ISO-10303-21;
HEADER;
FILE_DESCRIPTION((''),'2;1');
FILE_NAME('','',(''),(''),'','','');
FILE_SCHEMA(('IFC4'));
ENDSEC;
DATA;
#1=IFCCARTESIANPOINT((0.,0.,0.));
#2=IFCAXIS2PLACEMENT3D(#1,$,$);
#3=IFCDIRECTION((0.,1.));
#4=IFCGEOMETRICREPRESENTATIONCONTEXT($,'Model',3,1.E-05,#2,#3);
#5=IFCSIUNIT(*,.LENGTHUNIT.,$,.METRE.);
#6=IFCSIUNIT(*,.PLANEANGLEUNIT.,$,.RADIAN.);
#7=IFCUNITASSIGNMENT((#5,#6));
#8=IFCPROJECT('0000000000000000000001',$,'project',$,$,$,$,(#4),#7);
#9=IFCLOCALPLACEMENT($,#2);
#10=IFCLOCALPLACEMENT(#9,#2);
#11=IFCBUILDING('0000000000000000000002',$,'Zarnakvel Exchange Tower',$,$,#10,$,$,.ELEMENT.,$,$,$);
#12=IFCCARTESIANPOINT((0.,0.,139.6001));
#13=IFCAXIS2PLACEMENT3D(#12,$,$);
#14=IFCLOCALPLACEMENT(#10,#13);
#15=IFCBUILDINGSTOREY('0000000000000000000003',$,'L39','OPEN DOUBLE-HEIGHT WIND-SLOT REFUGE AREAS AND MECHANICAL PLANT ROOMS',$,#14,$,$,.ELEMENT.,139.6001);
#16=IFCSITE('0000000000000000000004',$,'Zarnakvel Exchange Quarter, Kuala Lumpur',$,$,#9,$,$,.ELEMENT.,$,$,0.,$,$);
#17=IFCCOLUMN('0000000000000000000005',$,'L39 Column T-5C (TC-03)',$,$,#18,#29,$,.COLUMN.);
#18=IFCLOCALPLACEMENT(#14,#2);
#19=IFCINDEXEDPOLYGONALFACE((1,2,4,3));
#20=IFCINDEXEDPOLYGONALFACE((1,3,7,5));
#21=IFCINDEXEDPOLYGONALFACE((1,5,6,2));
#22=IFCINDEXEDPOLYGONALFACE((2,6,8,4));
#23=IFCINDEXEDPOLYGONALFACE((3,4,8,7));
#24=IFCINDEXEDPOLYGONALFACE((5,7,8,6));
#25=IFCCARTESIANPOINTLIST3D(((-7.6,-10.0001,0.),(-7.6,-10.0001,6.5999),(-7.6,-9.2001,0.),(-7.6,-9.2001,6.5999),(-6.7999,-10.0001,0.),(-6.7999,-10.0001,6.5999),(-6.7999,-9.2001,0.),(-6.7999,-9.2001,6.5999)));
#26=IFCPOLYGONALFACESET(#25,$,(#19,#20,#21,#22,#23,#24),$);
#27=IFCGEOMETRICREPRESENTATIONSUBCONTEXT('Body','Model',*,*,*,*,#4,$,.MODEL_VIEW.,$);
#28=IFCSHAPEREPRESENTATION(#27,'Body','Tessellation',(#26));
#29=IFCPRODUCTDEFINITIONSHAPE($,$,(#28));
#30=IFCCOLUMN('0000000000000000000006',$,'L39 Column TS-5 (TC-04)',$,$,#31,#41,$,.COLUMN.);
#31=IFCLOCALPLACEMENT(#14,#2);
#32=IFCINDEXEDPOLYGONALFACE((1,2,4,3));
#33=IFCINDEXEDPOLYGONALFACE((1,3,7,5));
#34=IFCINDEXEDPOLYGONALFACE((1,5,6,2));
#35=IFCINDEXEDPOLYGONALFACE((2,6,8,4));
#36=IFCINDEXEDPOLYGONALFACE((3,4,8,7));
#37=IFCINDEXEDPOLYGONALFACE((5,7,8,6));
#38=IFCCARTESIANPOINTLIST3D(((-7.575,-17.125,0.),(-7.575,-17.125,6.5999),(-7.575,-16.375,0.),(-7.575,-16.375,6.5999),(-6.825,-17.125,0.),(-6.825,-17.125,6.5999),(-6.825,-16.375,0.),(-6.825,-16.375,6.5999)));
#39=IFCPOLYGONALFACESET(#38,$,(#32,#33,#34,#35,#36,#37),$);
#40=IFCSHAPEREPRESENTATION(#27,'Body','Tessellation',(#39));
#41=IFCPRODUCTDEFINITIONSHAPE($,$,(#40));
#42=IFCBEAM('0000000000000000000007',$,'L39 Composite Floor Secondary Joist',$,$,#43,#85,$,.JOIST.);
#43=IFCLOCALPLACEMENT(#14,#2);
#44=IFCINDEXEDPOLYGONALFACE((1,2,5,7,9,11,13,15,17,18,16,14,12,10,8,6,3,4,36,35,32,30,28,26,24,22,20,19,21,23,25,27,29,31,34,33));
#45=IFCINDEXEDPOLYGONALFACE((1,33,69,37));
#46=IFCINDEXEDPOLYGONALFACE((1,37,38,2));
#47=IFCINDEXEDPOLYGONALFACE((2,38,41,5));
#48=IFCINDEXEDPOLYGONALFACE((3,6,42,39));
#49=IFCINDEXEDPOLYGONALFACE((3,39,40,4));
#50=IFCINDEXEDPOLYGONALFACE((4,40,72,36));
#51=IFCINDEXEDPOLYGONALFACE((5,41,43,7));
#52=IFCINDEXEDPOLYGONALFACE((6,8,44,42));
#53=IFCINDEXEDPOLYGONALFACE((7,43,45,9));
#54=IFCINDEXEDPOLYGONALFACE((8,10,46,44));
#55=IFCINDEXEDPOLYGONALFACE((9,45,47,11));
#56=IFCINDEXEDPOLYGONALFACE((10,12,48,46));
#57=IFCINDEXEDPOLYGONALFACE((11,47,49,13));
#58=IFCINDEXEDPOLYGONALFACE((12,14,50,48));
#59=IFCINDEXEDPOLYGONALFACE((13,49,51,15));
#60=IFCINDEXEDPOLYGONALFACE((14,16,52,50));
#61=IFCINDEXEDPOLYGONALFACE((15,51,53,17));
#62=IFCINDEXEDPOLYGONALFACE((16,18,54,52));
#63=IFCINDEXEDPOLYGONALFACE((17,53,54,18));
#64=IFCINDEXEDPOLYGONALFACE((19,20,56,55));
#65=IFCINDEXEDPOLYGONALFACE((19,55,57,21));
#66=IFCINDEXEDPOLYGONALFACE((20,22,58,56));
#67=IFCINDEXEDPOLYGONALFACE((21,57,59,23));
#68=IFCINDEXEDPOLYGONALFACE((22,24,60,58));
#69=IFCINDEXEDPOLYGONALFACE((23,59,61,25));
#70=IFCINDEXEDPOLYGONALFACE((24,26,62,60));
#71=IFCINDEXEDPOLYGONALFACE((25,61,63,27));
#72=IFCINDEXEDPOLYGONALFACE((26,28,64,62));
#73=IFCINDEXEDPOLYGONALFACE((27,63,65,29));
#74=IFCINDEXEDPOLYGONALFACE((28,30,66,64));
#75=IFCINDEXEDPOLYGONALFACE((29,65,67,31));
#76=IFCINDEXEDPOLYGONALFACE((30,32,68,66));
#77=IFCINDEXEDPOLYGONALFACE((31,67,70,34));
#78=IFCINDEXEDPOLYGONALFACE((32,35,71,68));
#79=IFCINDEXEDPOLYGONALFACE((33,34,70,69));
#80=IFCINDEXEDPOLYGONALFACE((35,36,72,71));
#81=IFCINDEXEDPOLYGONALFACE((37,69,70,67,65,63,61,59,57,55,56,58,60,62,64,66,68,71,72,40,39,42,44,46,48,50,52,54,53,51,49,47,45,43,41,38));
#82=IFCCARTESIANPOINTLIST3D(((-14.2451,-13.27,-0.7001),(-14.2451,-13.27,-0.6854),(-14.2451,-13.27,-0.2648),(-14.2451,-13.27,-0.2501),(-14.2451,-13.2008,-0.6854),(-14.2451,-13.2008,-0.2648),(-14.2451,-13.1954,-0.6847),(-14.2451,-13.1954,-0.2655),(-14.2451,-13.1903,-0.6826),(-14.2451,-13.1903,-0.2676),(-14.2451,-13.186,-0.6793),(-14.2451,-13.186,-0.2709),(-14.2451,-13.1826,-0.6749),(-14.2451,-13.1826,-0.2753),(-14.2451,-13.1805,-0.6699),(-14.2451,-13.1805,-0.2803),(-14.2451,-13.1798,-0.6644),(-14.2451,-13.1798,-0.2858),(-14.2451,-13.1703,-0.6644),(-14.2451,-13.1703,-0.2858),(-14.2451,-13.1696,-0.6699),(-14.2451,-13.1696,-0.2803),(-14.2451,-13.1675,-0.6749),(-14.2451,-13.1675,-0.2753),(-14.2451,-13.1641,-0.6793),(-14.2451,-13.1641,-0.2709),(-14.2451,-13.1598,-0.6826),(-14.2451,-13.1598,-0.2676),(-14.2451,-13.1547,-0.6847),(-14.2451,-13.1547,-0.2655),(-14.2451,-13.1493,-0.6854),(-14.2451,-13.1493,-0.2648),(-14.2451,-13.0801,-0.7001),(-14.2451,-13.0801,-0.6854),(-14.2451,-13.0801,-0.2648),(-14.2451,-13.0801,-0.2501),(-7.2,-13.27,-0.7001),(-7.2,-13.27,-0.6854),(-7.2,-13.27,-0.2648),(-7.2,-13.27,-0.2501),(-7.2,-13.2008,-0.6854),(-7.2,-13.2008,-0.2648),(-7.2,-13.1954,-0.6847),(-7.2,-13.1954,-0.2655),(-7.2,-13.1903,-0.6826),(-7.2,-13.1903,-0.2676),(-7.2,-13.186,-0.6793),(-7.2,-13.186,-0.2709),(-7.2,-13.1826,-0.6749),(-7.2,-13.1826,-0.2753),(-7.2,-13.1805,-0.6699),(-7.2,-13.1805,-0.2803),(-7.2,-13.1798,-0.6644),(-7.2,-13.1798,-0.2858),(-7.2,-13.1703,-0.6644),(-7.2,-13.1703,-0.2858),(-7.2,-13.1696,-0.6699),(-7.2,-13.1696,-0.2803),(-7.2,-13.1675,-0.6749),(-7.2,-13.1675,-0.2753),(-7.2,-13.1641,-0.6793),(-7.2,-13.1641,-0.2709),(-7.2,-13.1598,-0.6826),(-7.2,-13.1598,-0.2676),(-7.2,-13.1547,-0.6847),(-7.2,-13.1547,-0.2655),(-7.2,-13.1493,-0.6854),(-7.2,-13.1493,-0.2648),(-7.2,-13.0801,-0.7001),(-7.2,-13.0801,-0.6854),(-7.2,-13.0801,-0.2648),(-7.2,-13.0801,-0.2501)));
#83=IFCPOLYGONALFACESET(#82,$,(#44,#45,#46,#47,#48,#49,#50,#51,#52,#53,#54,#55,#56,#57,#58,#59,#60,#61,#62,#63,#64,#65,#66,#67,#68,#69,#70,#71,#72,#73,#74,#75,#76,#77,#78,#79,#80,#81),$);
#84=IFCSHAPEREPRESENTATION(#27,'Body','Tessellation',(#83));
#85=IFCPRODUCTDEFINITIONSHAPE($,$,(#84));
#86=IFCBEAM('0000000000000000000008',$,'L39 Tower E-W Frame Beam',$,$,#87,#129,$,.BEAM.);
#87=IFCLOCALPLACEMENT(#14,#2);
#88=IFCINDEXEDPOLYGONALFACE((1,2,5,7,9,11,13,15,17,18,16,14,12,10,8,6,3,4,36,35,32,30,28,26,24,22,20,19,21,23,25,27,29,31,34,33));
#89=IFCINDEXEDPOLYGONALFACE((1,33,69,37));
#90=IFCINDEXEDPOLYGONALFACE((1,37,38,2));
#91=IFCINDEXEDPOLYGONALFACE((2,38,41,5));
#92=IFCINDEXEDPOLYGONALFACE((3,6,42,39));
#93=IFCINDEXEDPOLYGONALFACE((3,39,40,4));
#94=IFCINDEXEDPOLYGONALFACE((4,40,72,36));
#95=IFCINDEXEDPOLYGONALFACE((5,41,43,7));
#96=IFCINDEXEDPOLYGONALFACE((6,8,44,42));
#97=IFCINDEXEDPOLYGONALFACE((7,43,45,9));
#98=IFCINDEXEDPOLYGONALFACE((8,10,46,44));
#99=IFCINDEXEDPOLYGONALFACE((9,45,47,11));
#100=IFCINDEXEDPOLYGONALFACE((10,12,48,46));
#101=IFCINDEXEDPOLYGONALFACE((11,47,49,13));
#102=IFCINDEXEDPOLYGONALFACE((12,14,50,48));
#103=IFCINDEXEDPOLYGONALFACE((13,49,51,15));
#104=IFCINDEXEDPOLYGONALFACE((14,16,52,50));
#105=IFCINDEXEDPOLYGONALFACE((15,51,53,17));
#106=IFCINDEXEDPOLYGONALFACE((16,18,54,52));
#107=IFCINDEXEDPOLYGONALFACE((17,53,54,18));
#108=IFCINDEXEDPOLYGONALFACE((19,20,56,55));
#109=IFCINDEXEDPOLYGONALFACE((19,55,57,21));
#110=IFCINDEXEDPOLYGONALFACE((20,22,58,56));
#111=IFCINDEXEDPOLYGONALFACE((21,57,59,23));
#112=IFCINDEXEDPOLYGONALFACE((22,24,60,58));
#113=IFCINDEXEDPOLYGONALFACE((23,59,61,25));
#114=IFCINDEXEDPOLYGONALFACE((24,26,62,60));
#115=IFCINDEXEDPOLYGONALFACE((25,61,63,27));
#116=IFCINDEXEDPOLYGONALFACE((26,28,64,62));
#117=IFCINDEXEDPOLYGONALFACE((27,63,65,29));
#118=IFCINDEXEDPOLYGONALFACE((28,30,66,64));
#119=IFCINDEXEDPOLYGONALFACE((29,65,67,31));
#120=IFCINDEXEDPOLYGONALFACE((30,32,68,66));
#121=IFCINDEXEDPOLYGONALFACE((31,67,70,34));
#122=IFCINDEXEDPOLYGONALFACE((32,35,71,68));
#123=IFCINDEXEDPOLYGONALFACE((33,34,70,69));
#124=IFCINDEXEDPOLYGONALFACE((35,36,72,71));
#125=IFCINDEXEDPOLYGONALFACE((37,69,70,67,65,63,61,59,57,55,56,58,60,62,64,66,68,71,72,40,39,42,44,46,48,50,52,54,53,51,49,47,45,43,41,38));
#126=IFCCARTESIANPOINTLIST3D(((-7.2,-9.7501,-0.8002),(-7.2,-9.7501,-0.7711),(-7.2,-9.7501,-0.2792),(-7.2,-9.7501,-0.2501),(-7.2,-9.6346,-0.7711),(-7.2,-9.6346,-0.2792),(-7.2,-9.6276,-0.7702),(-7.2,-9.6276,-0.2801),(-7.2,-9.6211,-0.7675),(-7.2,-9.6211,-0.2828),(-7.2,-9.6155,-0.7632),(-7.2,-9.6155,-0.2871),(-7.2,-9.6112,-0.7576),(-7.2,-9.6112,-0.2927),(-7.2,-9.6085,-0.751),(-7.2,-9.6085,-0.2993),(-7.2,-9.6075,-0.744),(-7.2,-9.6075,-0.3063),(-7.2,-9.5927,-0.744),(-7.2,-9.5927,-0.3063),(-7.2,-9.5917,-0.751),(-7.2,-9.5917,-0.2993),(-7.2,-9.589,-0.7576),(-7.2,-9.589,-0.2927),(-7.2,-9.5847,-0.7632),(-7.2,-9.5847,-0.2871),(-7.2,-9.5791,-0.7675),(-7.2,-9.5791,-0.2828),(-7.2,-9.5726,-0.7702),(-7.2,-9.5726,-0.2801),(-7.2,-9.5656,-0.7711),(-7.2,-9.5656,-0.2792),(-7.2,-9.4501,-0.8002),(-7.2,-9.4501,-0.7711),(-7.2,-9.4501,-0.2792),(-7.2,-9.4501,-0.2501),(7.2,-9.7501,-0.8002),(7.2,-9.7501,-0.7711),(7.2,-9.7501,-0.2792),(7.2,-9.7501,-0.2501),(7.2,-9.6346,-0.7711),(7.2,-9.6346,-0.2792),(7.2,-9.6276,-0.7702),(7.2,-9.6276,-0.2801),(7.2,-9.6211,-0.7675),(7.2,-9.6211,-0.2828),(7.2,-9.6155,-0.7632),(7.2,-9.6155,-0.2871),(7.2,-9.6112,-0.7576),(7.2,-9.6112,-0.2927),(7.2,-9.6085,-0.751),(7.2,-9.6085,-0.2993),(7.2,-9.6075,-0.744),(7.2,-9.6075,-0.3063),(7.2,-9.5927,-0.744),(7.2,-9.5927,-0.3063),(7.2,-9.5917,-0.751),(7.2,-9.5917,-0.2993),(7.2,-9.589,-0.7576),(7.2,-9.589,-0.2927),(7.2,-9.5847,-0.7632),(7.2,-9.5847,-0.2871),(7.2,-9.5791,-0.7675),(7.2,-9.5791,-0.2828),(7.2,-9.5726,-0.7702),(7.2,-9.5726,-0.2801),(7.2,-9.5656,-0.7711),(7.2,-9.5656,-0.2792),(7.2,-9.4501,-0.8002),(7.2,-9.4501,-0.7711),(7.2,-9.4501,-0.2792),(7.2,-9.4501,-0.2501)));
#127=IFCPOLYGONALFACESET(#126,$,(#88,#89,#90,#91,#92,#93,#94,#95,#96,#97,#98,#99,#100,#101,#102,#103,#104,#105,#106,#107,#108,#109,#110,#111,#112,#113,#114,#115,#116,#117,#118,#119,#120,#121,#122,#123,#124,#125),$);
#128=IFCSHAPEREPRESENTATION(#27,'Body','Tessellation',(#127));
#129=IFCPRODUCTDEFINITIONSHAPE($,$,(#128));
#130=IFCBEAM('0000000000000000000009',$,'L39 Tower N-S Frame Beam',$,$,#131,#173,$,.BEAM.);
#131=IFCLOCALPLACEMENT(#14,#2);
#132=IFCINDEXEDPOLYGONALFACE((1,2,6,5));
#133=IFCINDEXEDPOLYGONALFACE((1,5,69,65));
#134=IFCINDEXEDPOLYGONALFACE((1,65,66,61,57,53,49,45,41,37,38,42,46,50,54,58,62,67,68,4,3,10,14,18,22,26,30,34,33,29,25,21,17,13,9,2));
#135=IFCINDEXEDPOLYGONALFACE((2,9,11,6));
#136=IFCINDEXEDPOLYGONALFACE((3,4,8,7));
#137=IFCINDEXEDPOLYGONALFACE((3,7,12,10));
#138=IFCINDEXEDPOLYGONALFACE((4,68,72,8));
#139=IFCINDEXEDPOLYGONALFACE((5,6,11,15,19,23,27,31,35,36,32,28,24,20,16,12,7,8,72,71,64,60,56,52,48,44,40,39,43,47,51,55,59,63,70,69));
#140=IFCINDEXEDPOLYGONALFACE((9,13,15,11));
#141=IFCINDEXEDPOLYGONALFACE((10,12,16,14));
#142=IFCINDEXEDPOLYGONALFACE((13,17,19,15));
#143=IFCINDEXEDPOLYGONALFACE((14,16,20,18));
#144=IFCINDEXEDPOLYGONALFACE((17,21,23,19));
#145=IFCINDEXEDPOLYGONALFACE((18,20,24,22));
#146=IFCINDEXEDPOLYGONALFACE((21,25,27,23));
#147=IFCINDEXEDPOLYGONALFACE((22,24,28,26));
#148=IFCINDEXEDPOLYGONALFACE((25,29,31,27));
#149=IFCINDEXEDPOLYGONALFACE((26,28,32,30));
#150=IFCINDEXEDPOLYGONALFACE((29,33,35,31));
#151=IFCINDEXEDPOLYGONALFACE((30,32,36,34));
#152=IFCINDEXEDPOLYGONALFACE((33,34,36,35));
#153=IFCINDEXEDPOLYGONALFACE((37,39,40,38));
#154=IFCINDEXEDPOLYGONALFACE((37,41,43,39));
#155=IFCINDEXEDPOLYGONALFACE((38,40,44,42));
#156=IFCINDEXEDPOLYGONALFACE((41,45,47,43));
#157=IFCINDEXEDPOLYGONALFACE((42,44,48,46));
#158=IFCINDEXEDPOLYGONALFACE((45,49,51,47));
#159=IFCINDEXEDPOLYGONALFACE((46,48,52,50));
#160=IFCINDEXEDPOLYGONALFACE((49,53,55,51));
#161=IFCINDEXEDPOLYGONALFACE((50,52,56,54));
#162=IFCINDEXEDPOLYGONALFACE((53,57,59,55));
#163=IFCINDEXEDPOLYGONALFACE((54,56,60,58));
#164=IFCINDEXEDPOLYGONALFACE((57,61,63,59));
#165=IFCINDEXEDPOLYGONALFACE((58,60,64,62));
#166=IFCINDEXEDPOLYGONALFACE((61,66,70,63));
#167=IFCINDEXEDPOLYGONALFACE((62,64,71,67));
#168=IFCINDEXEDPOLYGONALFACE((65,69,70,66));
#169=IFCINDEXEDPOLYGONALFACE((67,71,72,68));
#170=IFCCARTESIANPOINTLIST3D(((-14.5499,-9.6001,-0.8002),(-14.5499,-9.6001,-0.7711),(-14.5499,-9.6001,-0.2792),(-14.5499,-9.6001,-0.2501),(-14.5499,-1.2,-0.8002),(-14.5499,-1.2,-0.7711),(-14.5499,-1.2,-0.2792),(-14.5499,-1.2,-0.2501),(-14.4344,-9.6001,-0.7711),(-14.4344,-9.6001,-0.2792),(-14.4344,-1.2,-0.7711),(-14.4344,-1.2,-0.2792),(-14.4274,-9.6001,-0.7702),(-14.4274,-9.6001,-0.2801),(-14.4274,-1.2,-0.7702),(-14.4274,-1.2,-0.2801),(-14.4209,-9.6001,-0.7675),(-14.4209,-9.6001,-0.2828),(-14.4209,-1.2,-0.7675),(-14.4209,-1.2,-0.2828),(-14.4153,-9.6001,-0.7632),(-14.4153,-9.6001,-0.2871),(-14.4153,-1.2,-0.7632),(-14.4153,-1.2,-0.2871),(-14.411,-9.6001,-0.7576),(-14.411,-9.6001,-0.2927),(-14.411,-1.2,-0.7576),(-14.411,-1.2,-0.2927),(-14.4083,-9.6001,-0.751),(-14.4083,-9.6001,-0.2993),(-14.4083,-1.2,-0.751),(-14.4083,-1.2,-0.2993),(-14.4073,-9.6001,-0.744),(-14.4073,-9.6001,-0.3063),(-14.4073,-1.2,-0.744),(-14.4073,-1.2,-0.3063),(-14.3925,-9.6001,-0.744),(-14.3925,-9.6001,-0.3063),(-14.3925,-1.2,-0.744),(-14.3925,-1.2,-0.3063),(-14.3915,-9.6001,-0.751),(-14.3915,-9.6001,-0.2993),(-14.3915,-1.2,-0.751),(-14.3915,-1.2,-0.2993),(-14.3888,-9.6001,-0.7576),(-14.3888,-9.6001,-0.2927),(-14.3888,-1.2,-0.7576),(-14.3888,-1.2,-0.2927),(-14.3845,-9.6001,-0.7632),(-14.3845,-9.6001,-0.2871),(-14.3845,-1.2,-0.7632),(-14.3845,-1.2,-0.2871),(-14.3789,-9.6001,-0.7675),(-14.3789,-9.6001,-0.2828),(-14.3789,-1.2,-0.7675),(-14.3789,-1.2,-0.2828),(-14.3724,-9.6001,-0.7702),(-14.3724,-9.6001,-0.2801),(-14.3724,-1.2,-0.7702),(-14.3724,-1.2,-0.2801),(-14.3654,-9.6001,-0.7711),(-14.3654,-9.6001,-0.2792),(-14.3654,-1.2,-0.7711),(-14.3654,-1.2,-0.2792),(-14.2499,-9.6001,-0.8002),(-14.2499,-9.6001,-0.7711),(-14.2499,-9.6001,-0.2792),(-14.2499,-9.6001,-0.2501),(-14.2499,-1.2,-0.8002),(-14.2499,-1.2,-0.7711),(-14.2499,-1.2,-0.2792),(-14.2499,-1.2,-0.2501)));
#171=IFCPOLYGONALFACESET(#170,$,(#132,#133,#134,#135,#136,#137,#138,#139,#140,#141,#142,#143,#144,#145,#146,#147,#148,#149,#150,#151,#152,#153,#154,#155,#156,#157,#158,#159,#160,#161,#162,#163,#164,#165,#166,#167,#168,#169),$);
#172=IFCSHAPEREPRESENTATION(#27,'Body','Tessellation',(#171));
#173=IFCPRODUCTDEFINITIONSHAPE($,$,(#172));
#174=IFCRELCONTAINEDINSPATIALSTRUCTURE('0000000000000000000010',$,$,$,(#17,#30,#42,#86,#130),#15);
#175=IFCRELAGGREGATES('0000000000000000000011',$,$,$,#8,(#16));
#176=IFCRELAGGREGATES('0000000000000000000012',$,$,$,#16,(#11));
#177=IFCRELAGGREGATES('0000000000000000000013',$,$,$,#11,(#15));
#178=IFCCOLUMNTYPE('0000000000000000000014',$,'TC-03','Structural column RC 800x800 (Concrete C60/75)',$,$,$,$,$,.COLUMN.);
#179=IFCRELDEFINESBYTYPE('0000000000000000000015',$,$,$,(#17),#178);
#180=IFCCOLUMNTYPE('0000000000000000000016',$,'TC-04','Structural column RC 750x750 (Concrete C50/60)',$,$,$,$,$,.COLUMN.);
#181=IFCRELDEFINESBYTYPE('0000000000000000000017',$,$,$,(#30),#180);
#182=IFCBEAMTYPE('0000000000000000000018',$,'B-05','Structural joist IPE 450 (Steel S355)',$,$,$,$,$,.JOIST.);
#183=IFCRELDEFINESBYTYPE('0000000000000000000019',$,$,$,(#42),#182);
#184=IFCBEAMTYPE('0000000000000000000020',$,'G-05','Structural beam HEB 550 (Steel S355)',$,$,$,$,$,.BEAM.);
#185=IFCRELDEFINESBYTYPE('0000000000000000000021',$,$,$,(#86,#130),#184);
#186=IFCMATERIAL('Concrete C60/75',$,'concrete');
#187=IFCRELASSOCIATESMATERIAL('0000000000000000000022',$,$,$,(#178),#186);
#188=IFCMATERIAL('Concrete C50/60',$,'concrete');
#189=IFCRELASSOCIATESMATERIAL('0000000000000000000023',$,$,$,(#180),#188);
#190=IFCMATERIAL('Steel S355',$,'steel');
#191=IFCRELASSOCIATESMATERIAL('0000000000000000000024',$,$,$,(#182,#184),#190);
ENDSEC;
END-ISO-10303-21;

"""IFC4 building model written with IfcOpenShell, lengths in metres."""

from ifc_helpers import new_model, si_unit, direction, frame, origin, origin_2d, place, context, subcontext, project, spatial, rectangle, i_section, extrude, material, material_profile, profile_set, type_object, element, save


model = new_model("IFC4")

# Units and contexts
model_context = context("Model", 3, precision=1e-05, world=origin(), true_north=direction((0.0, 1.0)))
body_context = subcontext(model_context, "Body", "Model", "MODEL_VIEW")
ifc_project = project(units=[si_unit("LENGTHUNIT", "METRE"), si_unit("PLANEANGLEUNIT", "RADIAN")], contexts=[model_context])

# Site, building, storey
site_placement = place(None, origin())
site = spatial("IfcSite", under=ifc_project, at=site_placement, Name="Zarnakvel Exchange Quarter, Kuala Lumpur", CompositionType="ELEMENT", RefElevation=0.0)
building_placement = place(site_placement, origin())
building = spatial("IfcBuilding", under=site, at=building_placement, Name="Zarnakvel Exchange Tower", CompositionType="ELEMENT")
storey_placement = place(building_placement, frame((0.0, 0.0, 139.6001)))
storey = spatial("IfcBuildingStorey", under=building, at=storey_placement, Name="L39", Description="OPEN DOUBLE-HEIGHT WIND-SLOT REFUGE AREAS AND MECHANICAL PLANT ROOMS", CompositionType="ELEMENT", Elevation=139.6001)

# Columns
ifc_material_1 = material(Name="Concrete C60/75", Category="concrete")
ifc_material_profile_1 = material_profile(ifc_material_1, rectangle(XDim=0.8, YDim=0.8, at=origin_2d()))
ifc_profile_set_1 = profile_set([ifc_material_profile_1], Name="Concrete C60/75")
column_type_1 = type_object("IfcColumnType", Name="TC-03", Description="Structural column RC 800x800 (Concrete C60/75)", PredefinedType="COLUMN", material=ifc_profile_set_1)
column_1_placement = place(storey_placement, frame((-7.2, -9.6001, 0.0), z_axis=(0.0, 0.0, 1.0), x_axis=(1.0, 0.0, 0.0)))
element("IfcColumn", 1, at=column_1_placement, inside=storey, type_object=column_type_1, Name="L39 Column T-5C (TC-03)", PredefinedType="COLUMN", context=body_context, shape_type="SweptSolid", body=[
    extrude(rectangle(XDim=0.8, YDim=0.8, at=origin_2d()), origin(), (0.0, 0.0, 1.0), 6.5999),
])
ifc_material_2 = material(Name="Concrete C50/60", Category="concrete")
ifc_material_profile_2 = material_profile(ifc_material_2, rectangle(XDim=0.75, YDim=0.75, at=origin_2d()))
ifc_profile_set_2 = profile_set([ifc_material_profile_2], Name="Concrete C50/60")
column_type_2 = type_object("IfcColumnType", Name="TC-04", Description="Structural column RC 750x750 (Concrete C50/60)", PredefinedType="COLUMN", material=ifc_profile_set_2)
column_2_placement = place(storey_placement, frame((-7.2, -16.75, 0.0), z_axis=(0.0, 0.0, 1.0), x_axis=(1.0, 0.0, 0.0)))
element("IfcColumn", 2, at=column_2_placement, inside=storey, type_object=column_type_2, Name="L39 Column TS-5 (TC-04)", PredefinedType="COLUMN", context=body_context, shape_type="SweptSolid", body=[
    extrude(rectangle(XDim=0.75, YDim=0.75, at=origin_2d()), origin(), (0.0, 0.0, 1.0), 6.5999),
])

# Beams
ifc_material_3 = material(Name="Steel S355", Category="steel")
ifc_material_profile_3 = material_profile(ifc_material_3, i_section(OverallWidth=0.1899, OverallDepth=0.45, WebThickness=0.0095, FlangeThickness=0.0146, FilletRadius=0.021, at=origin_2d()))
ifc_profile_set_3 = profile_set([ifc_material_profile_3], Name="Steel S355")
beam_type_1 = type_object("IfcBeamType", Name="B-05", Description="Structural joist IPE 450 (Steel S355)", PredefinedType="JOIST", material=ifc_profile_set_3)
beam_1_placement = place(storey_placement, frame((-14.2451, -13.175, -0.4751), z_axis=(1.0, 0.0, 0.0), x_axis=(0.0, 1.0, 0.0)))
element("IfcBeam", 3, at=beam_1_placement, inside=storey, type_object=beam_type_1, Name="L39 Composite Floor Secondary Joist", PredefinedType="JOIST", context=body_context, shape_type="SweptSolid", body=[
    extrude(i_section(OverallWidth=0.1899, OverallDepth=0.45, WebThickness=0.0095, FlangeThickness=0.0146, FilletRadius=0.021, at=origin_2d()), origin(), (0.0, 0.0, 1.0), 7.0452),
])
ifc_material_profile_4 = material_profile(ifc_material_3, i_section(OverallWidth=0.3, OverallDepth=0.55, WebThickness=0.0149, FlangeThickness=0.0291, FilletRadius=0.0271, at=origin_2d()))
ifc_profile_set_4 = profile_set([ifc_material_profile_4], Name="Steel S355")
beam_type_2 = type_object("IfcBeamType", Name="G-05", Description="Structural beam HEB 550 (Steel S355)", PredefinedType="BEAM", material=ifc_profile_set_4)
beam_2_placement = place(storey_placement, frame((-7.2, -9.6001, -0.5251), z_axis=(1.0, 0.0, 0.0), x_axis=(0.0, 1.0, 0.0)))
element("IfcBeam", 4, at=beam_2_placement, inside=storey, type_object=beam_type_2, Name="L39 Tower E-W Frame Beam", PredefinedType="BEAM", context=body_context, shape_type="SweptSolid", body=[
    extrude(i_section(OverallWidth=0.3, OverallDepth=0.55, WebThickness=0.0149, FlangeThickness=0.0291, FilletRadius=0.0271, at=origin_2d()), origin(), (0.0, 0.0, 1.0), 14.3999),
])
for number, where, z_axis, x_axis, name in (
    (5, (-14.3999, -9.6001, -0.5251), (0.0, 1.0, 0.0), (-1.0, 0.0, 0.0), "L39 Tower N-S Frame Beam"),
):
    element("IfcBeam", number, at=place(storey_placement, frame(where, z_axis=z_axis, x_axis=x_axis)), inside=storey, type_object=beam_type_2, Name=name, PredefinedType="BEAM", context=body_context, shape_type="SweptSolid", body=[
        extrude(i_section(OverallWidth=0.3, OverallDepth=0.55, WebThickness=0.0149, FlangeThickness=0.0291, FilletRadius=0.0271, at=origin_2d()), origin(), (0.0, 0.0, 1.0), 8.4001),
    ])

save(model, "model.ifc")
